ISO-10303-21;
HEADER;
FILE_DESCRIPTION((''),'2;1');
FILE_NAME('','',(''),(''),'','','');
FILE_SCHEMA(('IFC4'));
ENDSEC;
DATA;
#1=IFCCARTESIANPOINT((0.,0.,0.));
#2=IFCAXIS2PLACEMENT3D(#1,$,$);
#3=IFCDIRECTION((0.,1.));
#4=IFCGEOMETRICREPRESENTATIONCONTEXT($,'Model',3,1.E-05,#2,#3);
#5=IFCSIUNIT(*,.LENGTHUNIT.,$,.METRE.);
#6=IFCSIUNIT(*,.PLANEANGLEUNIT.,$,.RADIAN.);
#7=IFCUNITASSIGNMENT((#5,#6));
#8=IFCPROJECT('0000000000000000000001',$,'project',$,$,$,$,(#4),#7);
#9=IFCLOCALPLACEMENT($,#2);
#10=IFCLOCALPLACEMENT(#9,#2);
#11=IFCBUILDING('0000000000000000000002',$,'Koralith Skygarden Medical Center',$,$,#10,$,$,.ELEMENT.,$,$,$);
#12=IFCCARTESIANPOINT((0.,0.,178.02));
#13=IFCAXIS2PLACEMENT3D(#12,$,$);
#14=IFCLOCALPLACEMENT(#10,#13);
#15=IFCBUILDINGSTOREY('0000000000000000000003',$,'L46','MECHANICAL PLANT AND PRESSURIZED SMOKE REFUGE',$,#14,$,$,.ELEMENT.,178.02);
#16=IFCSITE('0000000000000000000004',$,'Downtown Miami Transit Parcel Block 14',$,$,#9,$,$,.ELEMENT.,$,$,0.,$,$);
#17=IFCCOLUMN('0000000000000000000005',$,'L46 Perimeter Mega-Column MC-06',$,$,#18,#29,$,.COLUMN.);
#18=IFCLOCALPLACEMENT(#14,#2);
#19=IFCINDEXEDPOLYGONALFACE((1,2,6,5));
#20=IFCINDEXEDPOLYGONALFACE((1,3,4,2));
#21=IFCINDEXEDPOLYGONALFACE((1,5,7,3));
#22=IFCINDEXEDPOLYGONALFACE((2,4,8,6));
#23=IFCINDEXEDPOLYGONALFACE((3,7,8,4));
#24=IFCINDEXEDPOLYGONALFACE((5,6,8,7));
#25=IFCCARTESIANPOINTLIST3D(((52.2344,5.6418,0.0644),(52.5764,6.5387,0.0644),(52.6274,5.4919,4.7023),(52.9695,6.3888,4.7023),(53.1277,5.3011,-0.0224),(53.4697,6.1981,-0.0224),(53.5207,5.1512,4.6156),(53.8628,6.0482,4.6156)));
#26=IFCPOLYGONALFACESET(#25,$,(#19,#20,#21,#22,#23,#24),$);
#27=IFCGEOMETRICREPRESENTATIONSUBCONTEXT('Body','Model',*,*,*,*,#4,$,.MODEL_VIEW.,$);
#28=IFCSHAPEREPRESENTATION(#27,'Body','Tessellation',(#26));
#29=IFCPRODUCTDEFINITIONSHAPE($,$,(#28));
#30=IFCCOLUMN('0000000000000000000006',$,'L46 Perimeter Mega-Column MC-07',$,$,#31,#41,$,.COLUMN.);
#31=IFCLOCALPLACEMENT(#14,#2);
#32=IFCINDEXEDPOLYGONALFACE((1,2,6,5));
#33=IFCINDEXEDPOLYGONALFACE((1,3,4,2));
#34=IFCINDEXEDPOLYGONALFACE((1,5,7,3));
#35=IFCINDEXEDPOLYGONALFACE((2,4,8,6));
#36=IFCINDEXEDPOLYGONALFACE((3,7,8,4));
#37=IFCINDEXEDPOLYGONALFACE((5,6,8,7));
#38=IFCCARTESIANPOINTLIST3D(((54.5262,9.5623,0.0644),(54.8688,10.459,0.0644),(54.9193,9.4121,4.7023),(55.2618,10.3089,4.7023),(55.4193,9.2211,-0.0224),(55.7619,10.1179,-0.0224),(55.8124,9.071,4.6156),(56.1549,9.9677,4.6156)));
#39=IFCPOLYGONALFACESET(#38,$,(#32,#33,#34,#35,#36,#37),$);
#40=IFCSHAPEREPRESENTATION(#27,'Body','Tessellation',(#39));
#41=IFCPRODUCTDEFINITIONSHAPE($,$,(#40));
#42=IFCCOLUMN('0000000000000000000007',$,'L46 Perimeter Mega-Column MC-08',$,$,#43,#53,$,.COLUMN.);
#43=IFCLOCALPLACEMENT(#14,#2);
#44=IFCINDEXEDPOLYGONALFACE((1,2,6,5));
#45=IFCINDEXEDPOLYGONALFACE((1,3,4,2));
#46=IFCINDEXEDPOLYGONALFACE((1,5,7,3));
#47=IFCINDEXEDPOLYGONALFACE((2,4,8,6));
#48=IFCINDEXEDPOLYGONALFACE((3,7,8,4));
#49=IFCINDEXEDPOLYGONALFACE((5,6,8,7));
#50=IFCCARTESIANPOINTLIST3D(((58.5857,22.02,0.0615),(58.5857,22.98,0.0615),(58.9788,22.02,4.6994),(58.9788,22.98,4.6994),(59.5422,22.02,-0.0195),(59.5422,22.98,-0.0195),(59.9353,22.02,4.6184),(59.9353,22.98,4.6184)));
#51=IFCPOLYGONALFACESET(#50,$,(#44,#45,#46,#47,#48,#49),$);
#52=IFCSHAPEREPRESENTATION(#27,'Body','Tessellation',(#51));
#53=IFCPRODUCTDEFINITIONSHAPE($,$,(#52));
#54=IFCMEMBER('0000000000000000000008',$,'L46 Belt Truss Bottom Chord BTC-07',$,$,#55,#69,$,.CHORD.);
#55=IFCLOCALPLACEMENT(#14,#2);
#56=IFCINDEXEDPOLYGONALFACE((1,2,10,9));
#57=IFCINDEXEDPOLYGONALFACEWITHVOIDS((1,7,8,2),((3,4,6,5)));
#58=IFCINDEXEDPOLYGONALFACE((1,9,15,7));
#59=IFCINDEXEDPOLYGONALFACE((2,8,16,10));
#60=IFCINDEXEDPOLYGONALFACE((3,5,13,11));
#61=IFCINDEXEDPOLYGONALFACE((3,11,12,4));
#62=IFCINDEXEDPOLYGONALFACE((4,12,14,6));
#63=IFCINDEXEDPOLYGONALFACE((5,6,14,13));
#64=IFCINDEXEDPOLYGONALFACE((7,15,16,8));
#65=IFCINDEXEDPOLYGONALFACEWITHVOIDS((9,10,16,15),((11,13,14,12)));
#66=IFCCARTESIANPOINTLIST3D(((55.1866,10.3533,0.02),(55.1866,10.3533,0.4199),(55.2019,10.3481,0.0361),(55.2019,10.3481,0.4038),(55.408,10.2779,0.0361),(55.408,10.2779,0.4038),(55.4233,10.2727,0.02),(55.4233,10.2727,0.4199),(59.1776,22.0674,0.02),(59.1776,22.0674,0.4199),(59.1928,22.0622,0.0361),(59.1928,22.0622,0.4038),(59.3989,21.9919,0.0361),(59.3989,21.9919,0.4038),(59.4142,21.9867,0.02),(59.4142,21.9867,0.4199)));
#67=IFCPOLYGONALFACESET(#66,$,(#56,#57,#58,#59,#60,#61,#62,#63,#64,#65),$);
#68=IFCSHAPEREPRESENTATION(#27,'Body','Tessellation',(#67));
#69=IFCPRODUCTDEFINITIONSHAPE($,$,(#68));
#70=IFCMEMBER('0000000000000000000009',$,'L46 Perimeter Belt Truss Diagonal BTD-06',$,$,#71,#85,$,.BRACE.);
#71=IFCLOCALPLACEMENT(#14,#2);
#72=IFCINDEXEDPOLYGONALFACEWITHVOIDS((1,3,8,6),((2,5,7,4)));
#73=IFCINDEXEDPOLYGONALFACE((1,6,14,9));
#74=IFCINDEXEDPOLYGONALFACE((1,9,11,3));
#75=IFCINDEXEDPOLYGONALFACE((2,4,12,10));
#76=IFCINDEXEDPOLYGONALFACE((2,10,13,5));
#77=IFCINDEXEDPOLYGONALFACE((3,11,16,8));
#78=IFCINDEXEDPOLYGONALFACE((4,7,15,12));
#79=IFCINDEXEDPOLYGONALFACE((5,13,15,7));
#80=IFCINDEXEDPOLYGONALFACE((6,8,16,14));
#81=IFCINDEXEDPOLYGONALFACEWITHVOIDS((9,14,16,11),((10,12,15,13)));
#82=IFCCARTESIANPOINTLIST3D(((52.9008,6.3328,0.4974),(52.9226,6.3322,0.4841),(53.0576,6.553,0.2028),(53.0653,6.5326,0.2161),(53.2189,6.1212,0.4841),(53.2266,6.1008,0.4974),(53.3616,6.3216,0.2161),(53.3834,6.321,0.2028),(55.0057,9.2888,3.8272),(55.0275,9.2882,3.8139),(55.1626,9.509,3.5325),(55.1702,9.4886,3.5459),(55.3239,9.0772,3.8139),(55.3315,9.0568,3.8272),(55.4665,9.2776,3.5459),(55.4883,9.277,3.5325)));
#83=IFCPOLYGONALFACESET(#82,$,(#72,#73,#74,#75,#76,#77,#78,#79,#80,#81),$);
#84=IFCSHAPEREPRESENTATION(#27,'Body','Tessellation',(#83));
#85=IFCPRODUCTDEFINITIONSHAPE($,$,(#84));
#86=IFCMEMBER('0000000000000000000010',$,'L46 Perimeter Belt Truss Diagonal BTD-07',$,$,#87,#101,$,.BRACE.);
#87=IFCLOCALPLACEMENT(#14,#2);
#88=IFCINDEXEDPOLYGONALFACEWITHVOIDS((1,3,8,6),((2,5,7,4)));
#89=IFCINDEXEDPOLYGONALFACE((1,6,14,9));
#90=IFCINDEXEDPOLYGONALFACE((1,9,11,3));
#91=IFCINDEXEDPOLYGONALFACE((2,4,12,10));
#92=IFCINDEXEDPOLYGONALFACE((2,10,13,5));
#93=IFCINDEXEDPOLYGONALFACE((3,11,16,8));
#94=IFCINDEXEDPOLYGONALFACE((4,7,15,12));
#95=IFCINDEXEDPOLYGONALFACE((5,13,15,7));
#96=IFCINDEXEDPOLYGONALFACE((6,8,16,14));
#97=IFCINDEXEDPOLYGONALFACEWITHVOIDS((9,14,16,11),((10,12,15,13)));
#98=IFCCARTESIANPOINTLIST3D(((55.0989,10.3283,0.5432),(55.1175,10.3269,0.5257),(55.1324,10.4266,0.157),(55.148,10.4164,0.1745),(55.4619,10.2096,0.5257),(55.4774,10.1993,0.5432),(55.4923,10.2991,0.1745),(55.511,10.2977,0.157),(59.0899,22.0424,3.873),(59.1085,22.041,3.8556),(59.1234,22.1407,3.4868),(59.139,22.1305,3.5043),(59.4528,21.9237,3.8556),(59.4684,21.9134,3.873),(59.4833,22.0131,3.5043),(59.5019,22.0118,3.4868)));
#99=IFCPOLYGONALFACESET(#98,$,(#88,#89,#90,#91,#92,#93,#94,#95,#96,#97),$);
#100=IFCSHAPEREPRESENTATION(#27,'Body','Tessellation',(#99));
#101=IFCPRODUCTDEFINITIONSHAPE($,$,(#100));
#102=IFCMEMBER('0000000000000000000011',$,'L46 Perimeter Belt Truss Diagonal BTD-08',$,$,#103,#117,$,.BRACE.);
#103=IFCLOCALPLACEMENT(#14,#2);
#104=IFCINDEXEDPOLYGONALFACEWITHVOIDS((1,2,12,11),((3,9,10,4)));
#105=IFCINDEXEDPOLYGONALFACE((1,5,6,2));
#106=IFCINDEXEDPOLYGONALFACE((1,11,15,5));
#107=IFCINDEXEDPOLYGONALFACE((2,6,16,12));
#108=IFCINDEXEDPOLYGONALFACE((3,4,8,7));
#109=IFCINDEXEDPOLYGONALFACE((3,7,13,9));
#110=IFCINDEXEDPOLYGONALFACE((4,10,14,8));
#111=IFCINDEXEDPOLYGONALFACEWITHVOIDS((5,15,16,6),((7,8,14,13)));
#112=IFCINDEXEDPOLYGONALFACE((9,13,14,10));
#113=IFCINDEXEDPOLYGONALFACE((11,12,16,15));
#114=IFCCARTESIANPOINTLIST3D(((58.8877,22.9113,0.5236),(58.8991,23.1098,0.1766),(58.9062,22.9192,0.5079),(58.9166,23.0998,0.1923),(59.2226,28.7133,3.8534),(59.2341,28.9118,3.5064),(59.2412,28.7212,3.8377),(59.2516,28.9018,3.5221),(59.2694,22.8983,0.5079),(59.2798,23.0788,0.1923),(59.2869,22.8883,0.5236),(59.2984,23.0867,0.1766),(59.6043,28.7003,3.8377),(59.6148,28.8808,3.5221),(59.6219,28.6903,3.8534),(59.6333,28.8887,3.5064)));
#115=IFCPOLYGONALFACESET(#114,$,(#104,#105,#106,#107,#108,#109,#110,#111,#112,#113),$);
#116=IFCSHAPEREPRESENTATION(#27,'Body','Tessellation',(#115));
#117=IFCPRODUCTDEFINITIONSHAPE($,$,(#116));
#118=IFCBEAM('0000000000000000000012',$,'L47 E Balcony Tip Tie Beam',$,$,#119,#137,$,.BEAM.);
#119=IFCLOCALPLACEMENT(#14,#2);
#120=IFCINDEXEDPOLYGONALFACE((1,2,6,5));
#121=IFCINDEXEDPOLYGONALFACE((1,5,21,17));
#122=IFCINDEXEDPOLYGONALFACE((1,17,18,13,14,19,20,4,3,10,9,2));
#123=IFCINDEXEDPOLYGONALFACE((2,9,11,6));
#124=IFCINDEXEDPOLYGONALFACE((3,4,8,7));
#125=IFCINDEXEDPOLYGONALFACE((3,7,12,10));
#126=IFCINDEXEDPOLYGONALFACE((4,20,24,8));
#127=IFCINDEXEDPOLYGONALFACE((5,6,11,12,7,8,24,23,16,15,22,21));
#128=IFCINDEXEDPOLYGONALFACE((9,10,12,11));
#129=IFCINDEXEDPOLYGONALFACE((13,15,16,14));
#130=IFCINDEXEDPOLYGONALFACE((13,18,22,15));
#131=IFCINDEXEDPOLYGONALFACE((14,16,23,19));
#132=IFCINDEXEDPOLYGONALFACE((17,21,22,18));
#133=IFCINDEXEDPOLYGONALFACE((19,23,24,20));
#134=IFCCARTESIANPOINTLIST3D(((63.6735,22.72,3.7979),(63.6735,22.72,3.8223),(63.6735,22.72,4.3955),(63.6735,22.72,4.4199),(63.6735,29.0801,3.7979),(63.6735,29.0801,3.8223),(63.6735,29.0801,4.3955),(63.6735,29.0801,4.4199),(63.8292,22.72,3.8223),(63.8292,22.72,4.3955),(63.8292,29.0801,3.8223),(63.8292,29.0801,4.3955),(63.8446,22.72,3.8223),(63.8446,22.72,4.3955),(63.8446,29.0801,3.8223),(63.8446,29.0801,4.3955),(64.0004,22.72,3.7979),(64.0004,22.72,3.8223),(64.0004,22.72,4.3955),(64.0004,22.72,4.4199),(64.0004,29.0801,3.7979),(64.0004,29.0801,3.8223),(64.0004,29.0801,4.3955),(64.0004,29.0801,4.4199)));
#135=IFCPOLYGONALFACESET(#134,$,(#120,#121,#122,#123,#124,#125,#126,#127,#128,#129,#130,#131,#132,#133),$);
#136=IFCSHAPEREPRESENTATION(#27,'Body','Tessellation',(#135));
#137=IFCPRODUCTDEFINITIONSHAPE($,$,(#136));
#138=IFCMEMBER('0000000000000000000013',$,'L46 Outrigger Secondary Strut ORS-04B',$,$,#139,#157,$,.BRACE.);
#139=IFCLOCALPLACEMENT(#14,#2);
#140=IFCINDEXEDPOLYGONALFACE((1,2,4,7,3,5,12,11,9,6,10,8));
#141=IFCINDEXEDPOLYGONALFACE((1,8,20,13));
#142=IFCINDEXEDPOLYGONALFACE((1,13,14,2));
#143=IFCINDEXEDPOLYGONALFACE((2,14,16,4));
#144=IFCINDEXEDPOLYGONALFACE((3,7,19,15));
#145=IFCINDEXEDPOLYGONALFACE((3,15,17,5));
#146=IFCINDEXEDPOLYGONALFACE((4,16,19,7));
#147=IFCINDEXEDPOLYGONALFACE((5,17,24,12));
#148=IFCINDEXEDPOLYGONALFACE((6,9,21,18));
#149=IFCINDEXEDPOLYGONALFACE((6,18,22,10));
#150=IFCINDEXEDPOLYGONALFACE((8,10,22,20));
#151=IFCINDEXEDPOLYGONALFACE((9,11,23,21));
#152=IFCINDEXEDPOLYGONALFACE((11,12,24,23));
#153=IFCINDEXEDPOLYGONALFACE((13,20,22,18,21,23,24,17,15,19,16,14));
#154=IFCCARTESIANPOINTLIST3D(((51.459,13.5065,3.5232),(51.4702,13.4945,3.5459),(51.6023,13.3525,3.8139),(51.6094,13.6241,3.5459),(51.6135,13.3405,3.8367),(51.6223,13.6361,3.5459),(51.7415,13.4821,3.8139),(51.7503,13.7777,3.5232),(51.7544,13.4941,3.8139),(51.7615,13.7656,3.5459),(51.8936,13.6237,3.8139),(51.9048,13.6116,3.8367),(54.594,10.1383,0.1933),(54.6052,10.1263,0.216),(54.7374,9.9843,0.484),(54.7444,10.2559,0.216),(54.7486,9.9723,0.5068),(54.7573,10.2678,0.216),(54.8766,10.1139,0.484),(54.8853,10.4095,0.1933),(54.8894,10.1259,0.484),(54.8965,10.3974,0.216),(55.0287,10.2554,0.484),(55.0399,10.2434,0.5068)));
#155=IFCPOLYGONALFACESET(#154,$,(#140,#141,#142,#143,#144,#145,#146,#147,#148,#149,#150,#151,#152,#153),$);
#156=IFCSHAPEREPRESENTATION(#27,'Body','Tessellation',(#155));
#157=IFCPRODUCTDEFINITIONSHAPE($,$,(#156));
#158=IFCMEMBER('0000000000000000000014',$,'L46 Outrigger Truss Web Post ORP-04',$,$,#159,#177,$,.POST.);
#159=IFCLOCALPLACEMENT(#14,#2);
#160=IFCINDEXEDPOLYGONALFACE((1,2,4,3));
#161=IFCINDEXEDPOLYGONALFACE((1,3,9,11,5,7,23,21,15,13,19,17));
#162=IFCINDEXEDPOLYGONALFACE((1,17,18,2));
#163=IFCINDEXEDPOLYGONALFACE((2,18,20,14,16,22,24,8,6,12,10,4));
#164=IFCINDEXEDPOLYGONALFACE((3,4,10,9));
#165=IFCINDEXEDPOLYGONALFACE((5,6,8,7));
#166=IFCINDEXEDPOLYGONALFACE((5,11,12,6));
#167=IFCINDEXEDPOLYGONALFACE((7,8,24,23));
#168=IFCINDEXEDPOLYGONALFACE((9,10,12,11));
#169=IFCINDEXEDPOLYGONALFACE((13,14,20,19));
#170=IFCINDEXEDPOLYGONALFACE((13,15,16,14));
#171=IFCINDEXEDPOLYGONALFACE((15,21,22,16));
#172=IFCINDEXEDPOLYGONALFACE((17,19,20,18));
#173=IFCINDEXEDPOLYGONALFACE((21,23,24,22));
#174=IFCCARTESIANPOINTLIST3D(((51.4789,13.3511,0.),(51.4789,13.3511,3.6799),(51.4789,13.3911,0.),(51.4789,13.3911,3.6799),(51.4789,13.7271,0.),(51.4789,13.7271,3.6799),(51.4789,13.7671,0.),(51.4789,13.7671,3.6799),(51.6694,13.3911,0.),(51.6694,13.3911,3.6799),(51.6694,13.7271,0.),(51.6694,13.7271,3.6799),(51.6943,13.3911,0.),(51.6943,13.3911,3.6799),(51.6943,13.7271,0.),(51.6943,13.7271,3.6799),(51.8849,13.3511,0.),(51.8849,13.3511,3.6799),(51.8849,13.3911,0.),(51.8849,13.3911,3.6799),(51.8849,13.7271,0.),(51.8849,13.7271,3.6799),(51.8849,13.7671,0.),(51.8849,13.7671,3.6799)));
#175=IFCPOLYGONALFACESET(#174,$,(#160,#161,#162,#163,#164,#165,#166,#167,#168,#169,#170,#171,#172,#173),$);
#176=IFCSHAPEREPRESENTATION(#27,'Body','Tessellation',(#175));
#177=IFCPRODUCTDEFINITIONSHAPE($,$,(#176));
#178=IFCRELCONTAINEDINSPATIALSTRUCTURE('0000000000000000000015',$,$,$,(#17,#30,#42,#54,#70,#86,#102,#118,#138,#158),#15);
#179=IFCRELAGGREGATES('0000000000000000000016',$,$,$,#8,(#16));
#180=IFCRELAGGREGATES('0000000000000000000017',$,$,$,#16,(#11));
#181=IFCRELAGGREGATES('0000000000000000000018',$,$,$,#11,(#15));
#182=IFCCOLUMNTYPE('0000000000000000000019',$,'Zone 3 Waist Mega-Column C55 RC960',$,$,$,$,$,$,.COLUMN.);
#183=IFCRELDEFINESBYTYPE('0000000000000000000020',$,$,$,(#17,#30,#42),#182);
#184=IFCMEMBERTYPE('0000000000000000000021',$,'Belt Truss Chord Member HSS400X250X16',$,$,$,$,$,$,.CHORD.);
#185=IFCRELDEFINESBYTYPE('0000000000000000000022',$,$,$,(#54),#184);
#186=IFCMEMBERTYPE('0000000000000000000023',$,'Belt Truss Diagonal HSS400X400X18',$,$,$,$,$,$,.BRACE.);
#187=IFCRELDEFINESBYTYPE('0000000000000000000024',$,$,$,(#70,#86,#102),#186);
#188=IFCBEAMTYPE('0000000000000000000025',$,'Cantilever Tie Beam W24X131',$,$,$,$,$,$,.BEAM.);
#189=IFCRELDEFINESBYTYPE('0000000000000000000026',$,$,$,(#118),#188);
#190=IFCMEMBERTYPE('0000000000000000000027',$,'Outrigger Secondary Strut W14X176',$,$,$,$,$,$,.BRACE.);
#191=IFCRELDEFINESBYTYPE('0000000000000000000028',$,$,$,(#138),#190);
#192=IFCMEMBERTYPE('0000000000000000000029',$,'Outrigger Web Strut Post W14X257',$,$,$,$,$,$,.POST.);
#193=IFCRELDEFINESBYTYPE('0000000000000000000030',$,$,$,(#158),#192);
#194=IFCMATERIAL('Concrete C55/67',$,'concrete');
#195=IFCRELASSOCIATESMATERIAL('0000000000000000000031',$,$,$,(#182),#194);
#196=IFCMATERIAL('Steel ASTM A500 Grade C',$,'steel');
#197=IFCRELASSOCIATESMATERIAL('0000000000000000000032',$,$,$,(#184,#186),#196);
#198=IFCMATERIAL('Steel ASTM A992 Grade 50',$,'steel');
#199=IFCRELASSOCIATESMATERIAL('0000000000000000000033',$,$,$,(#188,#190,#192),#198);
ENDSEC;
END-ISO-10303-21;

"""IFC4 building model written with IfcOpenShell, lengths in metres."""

from ifc_helpers import new_model, si_unit, direction, frame, origin, origin_2d, place, context, subcontext, project, spatial, rectangle, hollow_rectangle, i_section, extrude, material, material_profile, profile_set, type_object, element, save


model = new_model("IFC4")

# Units and contexts
model_context = context("Model", 3, precision=1e-05, world=origin(), true_north=direction((0.0, 1.0)))
body_context = subcontext(model_context, "Body", "Model", "MODEL_VIEW")
ifc_project = project(units=[si_unit("LENGTHUNIT", "METRE"), si_unit("PLANEANGLEUNIT", "RADIAN")], contexts=[model_context])

# Site, building, storey
site_placement = place(None, origin())
site = spatial("IfcSite", under=ifc_project, at=site_placement, Name="Downtown Miami Transit Parcel Block 14", CompositionType="ELEMENT", RefElevation=0.0)
building_placement = place(site_placement, origin())
building = spatial("IfcBuilding", under=site, at=building_placement, Name="Koralith Skygarden Medical Center", CompositionType="ELEMENT")
storey_placement = place(building_placement, frame((0.0, 0.0, 178.02)))
storey = spatial("IfcBuildingStorey", under=building, at=storey_placement, Name="L46", Description="MECHANICAL PLANT AND PRESSURIZED SMOKE REFUGE", CompositionType="ELEMENT", Elevation=178.02)

# Columns
ifc_material_1 = material(Name="Concrete C55/67", Category="concrete")
ifc_material_profile_1 = material_profile(ifc_material_1, rectangle(XDim=0.96, YDim=0.96, at=origin_2d()), Name="RC960X960")
ifc_profile_set_1 = profile_set([ifc_material_profile_1], Name="Concrete C55/67")
column_type = type_object("IfcColumnType", Name="Zone 3 Waist Mega-Column C55 RC960", PredefinedType="COLUMN", material=ifc_profile_set_1)
for number, where, z_axis, x_axis, name in (
    (1, (52.8521, 5.9199, 0.021), (0.084404, -0.032189, 0.995912), (0.356333, 0.934359, 0.0), "L46 Perimeter Mega-Column MC-06"),
    (2, (55.144, 9.8401, 0.021), (0.084404, -0.032241, 0.99591), (0.35684, 0.934166, 0.0), "L46 Perimeter Mega-Column MC-07"),
):
    element("IfcColumn", number, at=place(storey_placement, frame(where, z_axis=z_axis, x_axis=x_axis)), inside=storey, type_object=column_type, Name=name, PredefinedType="COLUMN", context=body_context, shape_type="SweptSolid", body=[
        extrude(rectangle(XDim=0.96, YDim=0.96, at=origin_2d()), origin(), (0.0, 0.0, 1.0), 4.657),
    ])
column_placement = place(storey_placement, frame((59.064, 22.5, 0.021), z_axis=(0.084447, 0.0, 0.996428), x_axis=(0.0, 1.0, 0.0)))
element("IfcColumn", 3, at=column_placement, inside=storey, type_object=column_type, Name="L46 Perimeter Mega-Column MC-08", PredefinedType="COLUMN", context=body_context, shape_type="SweptSolid", body=[
    extrude(rectangle(XDim=0.96, YDim=0.96, at=origin_2d()), origin(), (0.0, 0.0, 1.0), 4.6545),
])

# Members
ifc_material_2 = material(Name="Steel ASTM A500 Grade C", Category="steel")
ifc_material_profile_2 = material_profile(ifc_material_2, hollow_rectangle(XDim=0.25, YDim=0.3999, WallThickness=0.0161, at=origin_2d()), Name="HSS400X250X16")
ifc_profile_set_2 = profile_set([ifc_material_profile_2], Name="Steel ASTM A500 Grade C")
member_type_1 = type_object("IfcMemberType", Name="Belt Truss Chord Member HSS400X250X16", PredefinedType="CHORD", material=ifc_profile_set_2)
member_1_placement = place(storey_placement, frame((55.3049, 10.313, 0.22), z_axis=(0.322494, 0.946571, 0.0), x_axis=(-0.946571, 0.322494, 0.0)))
element("IfcMember", 4, at=member_1_placement, inside=storey, type_object=member_type_1, Name="L46 Belt Truss Bottom Chord BTC-07", PredefinedType="CHORD", context=body_context, shape_type="SweptSolid", body=[
    extrude(hollow_rectangle(XDim=0.25, YDim=0.3999, WallThickness=0.0161, at=origin_2d()), origin(), (0.0, 0.0, 1.0), 12.3752),
])
ifc_material_profile_3 = material_profile(ifc_material_2, hollow_rectangle(XDim=0.3999, YDim=0.3999, WallThickness=0.0181, at=origin_2d()), Name="HSS400X400X18")
ifc_profile_set_3 = profile_set([ifc_material_profile_3], Name="Steel ASTM A500 Grade C")
member_type_2 = type_object("IfcMemberType", Name="Belt Truss Diagonal HSS400X400X18", PredefinedType="BRACE", material=ifc_profile_set_3)
member_2_placement = place(storey_placement, frame((53.1421, 6.3269, 0.3501), z_axis=(0.427395, 0.600197, 0.676089), x_axis=(-0.814578, 0.580054, 0.0)))
element("IfcMember", 5, at=member_2_placement, inside=storey, type_object=member_type_2, Name="L46 Perimeter Belt Truss Diagonal BTD-06", PredefinedType="BRACE", context=body_context, shape_type="SweptSolid", body=[
    extrude(hollow_rectangle(XDim=0.3999, YDim=0.3999, WallThickness=0.0181, at=origin_2d()), origin(), (0.0, 0.0, 1.0), 4.925),
])
member_3_placement = place(storey_placement, frame((55.3049, 10.313, 0.3501), z_axis=(0.311418, 0.914061, 0.259829), x_axis=(-0.946571, 0.322494, 0.0)))
element("IfcMember", 6, at=member_3_placement, inside=storey, type_object=member_type_2, Name="L46 Perimeter Belt Truss Diagonal BTD-07", PredefinedType="BRACE", context=body_context, shape_type="SweptSolid", body=[
    extrude(hollow_rectangle(XDim=0.3999, YDim=0.3999, WallThickness=0.0181, at=origin_2d()), origin(), (0.0, 0.0, 1.0), 12.8154),
])
member_4_placement = place(storey_placement, frame((59.093, 22.999, 0.3501), z_axis=(0.050009, 0.866229, 0.497138), x_axis=(-0.998338, 0.057636, 0.0)))
element("IfcMember", 7, at=member_4_placement, inside=storey, type_object=member_type_2, Name="L46 Perimeter Belt Truss Diagonal BTD-08", PredefinedType="BRACE", context=body_context, shape_type="SweptSolid", body=[
    extrude(hollow_rectangle(XDim=0.3999, YDim=0.3999, WallThickness=0.0181, at=origin_2d()), origin(), (0.0, 0.0, 1.0), 6.698),
])

# Beam
ifc_material_3 = material(Name="Steel ASTM A992 Grade 50", Category="steel")
ifc_material_profile_4 = material_profile(ifc_material_3, i_section(OverallWidth=0.3269, OverallDepth=0.6221, WebThickness=0.0154, FlangeThickness=0.0244, at=origin_2d()), Name="W24X131")
ifc_profile_set_4 = profile_set([ifc_material_profile_4], Name="Steel ASTM A992 Grade 50")
beam_type_1 = type_object("IfcBeamType", Name="Cantilever Tie Beam W24X131", PredefinedType="BEAM", material=ifc_profile_set_4)
beam_1_placement = place(storey_placement, frame((63.8369, 22.72, 4.1089), z_axis=(0.0, 1.0, 0.0), x_axis=(-1.0, 0.0, 0.0)))
element("IfcBeam", 8, at=beam_1_placement, inside=storey, type_object=beam_type_1, Name="L47 E Balcony Tip Tie Beam", PredefinedType="BEAM", context=body_context, shape_type="SweptSolid", body=[
    extrude(i_section(OverallWidth=0.3269, OverallDepth=0.6221, WebThickness=0.0154, FlangeThickness=0.0244, at=origin_2d()), origin(), (0.0, 0.0, 1.0), 6.3601),
])

# Members
ifc_material_profile_5 = material_profile(ifc_material_3, i_section(OverallWidth=0.3979, OverallDepth=0.387, WebThickness=0.0176, FlangeThickness=0.0281, at=origin_2d()), Name="W14X176")
ifc_profile_set_5 = profile_set([ifc_material_profile_5], Name="Steel ASTM A992 Grade 50")
member_type_3 = type_object("IfcMemberType", Name="Outrigger Secondary Strut W14X176", PredefinedType="BRACE", material=ifc_profile_set_5)
member_5_placement = place(storey_placement, frame((51.6819, 13.5591, 3.6799), z_axis=(0.551954, -0.593003, -0.586255), x_axis=(0.731988, 0.681318, 0.0)))
element("IfcMember", 9, at=member_5_placement, inside=storey, type_object=member_type_3, Name="L46 Outrigger Secondary Strut ORS-04B", PredefinedType="BRACE", context=body_context, shape_type="SweptSolid", body=[
    extrude(i_section(OverallWidth=0.3979, OverallDepth=0.387, WebThickness=0.0176, FlangeThickness=0.0281, at=origin_2d()), origin(), (0.0, 0.0, 1.0), 5.6799),
])
ifc_material_profile_6 = material_profile(ifc_material_3, i_section(OverallWidth=0.406, OverallDepth=0.416, WebThickness=0.0249, FlangeThickness=0.04, at=origin_2d()), Name="W14X257")
ifc_profile_set_6 = profile_set([ifc_material_profile_6], Name="Steel ASTM A992 Grade 50")
member_type_4 = type_object("IfcMemberType", Name="Outrigger Web Strut Post W14X257", PredefinedType="POST", material=ifc_profile_set_6)
member_6_placement = place(storey_placement, frame((51.6819, 13.5591, 0.0), z_axis=(0.0, 0.0, 1.0), x_axis=(1.0, 0.0, 0.0)))
element("IfcMember", 10, at=member_6_placement, inside=storey, type_object=member_type_4, Name="L46 Outrigger Truss Web Post ORP-04", PredefinedType="POST", context=body_context, shape_type="SweptSolid", body=[
    extrude(i_section(OverallWidth=0.406, OverallDepth=0.416, WebThickness=0.0249, FlangeThickness=0.04, at=origin_2d()), origin(), (0.0, 0.0, 1.0), 3.6799),
])

save(model, "model.ifc")
